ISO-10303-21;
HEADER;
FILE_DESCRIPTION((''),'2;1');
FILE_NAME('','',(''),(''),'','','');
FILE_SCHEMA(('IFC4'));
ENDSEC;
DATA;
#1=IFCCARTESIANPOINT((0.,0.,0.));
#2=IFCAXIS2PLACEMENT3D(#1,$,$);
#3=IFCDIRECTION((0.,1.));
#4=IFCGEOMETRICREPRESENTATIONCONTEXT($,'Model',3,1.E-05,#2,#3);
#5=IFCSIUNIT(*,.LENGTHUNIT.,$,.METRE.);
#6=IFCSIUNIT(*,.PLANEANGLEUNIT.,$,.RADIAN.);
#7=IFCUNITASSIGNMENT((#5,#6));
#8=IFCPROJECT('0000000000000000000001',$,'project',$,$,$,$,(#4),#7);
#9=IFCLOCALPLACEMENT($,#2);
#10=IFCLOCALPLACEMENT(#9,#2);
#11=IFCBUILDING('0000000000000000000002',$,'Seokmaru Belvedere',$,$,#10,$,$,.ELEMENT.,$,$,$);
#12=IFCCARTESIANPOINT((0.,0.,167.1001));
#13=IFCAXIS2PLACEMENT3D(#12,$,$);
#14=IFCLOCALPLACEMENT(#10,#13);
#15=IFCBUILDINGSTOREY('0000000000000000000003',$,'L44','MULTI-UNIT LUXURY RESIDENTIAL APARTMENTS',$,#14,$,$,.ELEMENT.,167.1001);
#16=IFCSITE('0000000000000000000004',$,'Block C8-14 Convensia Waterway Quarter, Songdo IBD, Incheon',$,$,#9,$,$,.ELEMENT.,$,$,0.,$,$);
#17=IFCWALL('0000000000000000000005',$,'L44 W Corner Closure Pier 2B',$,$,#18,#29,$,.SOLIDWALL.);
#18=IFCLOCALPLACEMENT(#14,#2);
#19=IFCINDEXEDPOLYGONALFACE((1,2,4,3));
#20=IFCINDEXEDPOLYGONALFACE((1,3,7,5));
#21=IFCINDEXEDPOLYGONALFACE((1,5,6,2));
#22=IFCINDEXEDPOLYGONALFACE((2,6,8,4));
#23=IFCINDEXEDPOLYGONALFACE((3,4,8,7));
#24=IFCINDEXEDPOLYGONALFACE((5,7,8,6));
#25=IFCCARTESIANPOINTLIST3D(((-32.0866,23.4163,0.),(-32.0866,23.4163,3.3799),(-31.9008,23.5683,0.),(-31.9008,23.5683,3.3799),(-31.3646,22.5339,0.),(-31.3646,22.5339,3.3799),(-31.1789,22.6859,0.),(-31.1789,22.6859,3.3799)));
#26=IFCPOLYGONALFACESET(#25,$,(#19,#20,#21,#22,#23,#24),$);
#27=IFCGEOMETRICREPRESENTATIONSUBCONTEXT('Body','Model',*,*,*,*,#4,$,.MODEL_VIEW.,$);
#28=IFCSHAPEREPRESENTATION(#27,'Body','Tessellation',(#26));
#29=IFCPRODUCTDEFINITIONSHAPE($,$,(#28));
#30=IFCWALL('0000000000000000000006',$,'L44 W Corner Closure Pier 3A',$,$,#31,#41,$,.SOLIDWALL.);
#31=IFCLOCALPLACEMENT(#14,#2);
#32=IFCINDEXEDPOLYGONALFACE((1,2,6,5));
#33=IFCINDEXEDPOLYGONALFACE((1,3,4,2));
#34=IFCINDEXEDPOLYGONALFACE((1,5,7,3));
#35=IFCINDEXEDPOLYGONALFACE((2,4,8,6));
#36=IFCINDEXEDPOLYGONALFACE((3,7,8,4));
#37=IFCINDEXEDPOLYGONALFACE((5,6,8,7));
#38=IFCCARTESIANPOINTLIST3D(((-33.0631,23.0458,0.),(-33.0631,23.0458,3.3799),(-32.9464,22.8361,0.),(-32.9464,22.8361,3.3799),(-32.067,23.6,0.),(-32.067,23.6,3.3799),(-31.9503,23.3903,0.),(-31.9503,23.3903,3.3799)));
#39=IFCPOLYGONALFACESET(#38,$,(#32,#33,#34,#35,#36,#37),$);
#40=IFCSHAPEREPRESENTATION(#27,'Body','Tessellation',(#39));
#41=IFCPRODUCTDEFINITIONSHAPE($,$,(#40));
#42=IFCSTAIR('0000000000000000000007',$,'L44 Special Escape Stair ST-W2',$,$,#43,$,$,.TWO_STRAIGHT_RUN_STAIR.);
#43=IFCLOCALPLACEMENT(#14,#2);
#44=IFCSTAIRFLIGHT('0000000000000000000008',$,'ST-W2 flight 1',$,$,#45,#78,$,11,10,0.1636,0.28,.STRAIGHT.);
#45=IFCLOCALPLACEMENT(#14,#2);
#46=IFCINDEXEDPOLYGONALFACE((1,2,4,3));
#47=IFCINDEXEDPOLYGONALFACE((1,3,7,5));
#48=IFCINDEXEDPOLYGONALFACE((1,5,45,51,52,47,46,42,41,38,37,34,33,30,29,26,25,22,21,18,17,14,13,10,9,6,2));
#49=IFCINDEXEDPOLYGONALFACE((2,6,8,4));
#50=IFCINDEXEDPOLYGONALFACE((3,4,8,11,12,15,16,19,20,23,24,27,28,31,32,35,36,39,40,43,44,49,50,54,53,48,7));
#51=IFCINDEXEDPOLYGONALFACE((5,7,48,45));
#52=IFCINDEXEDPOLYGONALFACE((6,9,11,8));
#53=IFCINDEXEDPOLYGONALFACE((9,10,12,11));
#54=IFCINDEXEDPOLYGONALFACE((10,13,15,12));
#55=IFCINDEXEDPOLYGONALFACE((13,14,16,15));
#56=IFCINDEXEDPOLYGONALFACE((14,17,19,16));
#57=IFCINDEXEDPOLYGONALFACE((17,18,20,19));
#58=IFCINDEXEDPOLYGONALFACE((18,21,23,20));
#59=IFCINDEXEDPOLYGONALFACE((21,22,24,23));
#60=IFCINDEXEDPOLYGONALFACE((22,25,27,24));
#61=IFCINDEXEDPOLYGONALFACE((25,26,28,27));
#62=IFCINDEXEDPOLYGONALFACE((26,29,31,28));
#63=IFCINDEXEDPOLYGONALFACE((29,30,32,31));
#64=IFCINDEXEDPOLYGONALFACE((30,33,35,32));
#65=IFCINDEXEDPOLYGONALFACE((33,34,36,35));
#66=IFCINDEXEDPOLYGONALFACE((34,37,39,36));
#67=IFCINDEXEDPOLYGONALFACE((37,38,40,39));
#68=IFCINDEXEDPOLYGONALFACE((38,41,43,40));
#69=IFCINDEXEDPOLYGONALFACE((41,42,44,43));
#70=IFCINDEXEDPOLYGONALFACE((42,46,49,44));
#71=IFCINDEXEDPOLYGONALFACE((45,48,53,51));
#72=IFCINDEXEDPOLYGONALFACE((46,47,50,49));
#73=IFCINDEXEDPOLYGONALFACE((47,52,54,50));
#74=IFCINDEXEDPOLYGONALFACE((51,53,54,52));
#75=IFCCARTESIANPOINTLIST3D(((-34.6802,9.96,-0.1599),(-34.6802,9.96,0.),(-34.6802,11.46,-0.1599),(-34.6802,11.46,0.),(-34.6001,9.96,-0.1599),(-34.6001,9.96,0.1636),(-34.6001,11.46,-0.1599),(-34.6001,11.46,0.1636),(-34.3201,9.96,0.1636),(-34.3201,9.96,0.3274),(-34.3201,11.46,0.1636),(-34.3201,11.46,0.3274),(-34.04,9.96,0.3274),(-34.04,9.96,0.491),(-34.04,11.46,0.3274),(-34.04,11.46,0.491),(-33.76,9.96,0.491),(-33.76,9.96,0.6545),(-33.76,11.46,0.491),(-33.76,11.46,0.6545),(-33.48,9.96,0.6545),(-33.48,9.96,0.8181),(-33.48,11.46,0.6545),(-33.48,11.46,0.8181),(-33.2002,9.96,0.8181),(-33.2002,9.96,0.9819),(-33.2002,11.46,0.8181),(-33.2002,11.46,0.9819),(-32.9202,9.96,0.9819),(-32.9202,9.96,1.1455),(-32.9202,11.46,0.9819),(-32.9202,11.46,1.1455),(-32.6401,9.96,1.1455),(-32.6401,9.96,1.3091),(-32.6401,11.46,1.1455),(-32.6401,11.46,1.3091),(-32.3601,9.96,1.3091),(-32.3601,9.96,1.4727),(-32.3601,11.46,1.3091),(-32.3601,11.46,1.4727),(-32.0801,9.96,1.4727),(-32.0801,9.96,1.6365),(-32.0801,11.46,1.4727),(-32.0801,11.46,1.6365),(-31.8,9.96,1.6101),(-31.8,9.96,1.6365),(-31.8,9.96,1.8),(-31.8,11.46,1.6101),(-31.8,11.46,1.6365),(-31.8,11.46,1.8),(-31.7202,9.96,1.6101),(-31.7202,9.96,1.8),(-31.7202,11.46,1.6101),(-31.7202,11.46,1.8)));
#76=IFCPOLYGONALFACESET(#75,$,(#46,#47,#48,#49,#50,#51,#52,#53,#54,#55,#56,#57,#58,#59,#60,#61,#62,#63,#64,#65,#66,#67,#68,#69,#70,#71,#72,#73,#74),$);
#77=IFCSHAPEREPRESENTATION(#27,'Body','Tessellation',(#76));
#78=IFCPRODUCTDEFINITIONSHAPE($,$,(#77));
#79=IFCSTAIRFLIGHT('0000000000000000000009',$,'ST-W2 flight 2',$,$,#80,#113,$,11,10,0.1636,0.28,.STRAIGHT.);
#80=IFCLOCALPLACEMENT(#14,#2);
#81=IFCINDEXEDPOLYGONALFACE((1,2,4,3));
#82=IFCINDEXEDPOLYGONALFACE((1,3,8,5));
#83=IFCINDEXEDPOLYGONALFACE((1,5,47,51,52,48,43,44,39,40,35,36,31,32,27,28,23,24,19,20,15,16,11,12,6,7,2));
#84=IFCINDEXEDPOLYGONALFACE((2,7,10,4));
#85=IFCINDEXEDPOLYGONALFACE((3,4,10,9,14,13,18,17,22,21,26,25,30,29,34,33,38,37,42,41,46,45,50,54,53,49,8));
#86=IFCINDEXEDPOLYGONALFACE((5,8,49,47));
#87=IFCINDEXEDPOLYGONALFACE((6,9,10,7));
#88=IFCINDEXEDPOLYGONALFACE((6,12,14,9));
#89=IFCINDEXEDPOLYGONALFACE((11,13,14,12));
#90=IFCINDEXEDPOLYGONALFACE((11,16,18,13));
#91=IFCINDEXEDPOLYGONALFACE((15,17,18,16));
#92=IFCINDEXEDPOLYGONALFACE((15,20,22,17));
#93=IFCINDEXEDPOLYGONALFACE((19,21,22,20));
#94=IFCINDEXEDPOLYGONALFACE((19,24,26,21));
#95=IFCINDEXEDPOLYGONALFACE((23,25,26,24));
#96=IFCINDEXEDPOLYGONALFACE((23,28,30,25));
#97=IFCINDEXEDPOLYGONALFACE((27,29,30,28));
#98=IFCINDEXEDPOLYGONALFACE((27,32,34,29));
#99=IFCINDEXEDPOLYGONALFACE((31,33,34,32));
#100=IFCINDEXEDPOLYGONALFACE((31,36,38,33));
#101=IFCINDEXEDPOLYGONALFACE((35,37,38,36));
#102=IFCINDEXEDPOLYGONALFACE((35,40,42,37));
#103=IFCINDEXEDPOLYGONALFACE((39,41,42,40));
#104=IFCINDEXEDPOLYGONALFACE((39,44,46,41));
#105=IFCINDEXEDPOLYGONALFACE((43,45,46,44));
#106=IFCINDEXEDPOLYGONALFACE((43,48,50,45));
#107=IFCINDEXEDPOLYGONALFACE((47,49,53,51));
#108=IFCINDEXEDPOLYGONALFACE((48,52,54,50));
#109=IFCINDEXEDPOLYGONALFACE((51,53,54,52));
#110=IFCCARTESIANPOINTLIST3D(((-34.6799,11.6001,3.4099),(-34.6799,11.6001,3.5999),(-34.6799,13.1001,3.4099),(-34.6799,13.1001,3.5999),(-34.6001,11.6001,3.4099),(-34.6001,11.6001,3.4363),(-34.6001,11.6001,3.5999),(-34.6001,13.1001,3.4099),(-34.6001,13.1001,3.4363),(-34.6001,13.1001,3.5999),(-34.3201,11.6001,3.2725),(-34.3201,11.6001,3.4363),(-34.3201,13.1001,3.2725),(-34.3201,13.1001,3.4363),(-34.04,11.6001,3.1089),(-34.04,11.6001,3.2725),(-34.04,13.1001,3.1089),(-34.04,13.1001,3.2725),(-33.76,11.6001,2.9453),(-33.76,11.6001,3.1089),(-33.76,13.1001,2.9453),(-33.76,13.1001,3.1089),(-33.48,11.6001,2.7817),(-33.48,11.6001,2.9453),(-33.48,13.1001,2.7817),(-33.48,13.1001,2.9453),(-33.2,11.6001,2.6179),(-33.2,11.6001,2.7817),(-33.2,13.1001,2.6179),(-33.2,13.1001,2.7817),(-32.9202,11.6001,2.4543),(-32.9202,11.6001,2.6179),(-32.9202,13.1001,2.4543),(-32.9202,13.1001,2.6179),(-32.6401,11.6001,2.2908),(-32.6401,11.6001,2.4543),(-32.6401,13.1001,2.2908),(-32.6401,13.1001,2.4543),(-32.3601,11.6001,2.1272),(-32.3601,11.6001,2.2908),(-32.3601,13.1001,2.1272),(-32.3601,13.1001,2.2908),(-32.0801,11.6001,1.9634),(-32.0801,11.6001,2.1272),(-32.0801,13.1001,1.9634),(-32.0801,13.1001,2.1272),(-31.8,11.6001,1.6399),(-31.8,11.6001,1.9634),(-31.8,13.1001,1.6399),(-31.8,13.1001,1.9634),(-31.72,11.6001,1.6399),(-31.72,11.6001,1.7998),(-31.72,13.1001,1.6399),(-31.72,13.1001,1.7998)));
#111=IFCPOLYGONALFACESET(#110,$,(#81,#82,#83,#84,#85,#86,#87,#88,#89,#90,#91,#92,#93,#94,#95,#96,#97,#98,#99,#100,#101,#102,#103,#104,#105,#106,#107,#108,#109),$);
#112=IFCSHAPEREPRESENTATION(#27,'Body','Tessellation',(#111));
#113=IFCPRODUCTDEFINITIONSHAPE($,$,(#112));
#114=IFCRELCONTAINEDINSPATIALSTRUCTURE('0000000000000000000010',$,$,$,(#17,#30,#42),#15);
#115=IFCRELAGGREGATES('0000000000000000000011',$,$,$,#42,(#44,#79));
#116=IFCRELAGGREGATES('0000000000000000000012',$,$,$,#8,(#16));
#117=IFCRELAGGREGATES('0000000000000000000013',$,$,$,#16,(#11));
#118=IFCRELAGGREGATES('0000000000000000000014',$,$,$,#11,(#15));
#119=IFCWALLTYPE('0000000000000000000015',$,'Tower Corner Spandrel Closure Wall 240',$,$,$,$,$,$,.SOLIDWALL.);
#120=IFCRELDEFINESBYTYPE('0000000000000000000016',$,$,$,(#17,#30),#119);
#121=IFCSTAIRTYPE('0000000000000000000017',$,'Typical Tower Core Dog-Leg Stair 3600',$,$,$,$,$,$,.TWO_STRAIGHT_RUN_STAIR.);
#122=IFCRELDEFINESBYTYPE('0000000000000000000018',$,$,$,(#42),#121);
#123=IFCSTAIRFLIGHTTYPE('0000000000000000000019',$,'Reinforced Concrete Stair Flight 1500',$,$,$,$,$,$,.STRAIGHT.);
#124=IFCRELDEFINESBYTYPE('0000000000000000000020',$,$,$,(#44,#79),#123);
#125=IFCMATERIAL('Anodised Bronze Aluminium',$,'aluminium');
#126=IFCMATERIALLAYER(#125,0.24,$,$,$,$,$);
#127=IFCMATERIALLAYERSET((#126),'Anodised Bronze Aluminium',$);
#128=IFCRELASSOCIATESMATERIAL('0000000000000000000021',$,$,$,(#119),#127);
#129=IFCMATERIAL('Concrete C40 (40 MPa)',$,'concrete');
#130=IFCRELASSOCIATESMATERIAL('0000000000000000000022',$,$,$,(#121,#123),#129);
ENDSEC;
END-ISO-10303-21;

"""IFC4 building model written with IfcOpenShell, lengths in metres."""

from ifc_helpers import new_model, si_unit, direction, frame, frame_2d, origin, place, context, subcontext, project, spatial, polyline, rectangle, outline, extrude, material, layer, layer_set, type_object, element, aggregate, save


model = new_model("IFC4")

# Units and contexts
model_context = context("Model", 3, precision=1e-05, world=origin(), true_north=direction((0.0, 1.0)))
body_context = subcontext(model_context, "Body", "Model", "MODEL_VIEW")
ifc_project = project(units=[si_unit("LENGTHUNIT", "METRE"), si_unit("PLANEANGLEUNIT", "RADIAN")], contexts=[model_context])

# Site, building, storey
site_placement = place(None, origin())
site = spatial("IfcSite", under=ifc_project, at=site_placement, Name="Block C8-14 Convensia Waterway Quarter, Songdo IBD, Incheon", CompositionType="ELEMENT", RefElevation=0.0)
building_placement = place(site_placement, origin())
building = spatial("IfcBuilding", under=site, at=building_placement, Name="Seokmaru Belvedere", CompositionType="ELEMENT")
storey_placement = place(building_placement, frame((0.0, 0.0, 167.1001)))
storey = spatial("IfcBuildingStorey", under=building, at=storey_placement, Name="L44", Description="MULTI-UNIT LUXURY RESIDENTIAL APARTMENTS", CompositionType="ELEMENT", Elevation=167.1001)

# Shared definitions
ifc_material_1 = material(Name="Anodised Bronze Aluminium", Category="aluminium")

# Walls
ifc_layer_1 = layer(ifc_material_1, 0.24)
ifc_layer_set_1 = layer_set([ifc_layer_1], Name="Anodised Bronze Aluminium")
wall_type_1 = type_object("IfcWallType", Name="Tower Corner Spandrel Closure Wall 240", PredefinedType="SOLIDWALL", material=ifc_layer_set_1)
wall_1_placement = place(storey_placement, frame((-31.2717, 22.6099, 0.0), z_axis=(0.0, 0.0, 1.0), x_axis=(-0.633249, 0.773948, 0.0)))
element("IfcWall", 1, at=wall_1_placement, inside=storey, type_object=wall_type_1, Name="L44 W Corner Closure Pier 2B", PredefinedType="SOLIDWALL", context=body_context, shape_type="SweptSolid", body=[
    extrude(rectangle(XDim=1.1401, YDim=0.24, at=frame_2d((0.5701, 0.0))), origin(), (0.0, 0.0, 1.0), 3.3799),
])
wall_2_placement = place(storey_placement, frame((-32.0088, 23.4951, 0.0), z_axis=(0.0, 0.0, 1.0), x_axis=(-0.873854, -0.486188, 0.0)))
element("IfcWall", 2, at=wall_2_placement, inside=storey, type_object=wall_type_1, Name="L44 W Corner Closure Pier 3A", PredefinedType="SOLIDWALL", context=body_context, shape_type="SweptSolid", body=[
    extrude(rectangle(XDim=1.1399, YDim=0.24, at=frame_2d((0.5698, 0.0))), origin(), (0.0, 0.0, 1.0), 3.3799),
])

# Stair, stair flights
ifc_material_2 = material(Name="Concrete C40 (40 MPa)", Category="concrete")
stair_type = type_object("IfcStairType", Name="Typical Tower Core Dog-Leg Stair 3600", PredefinedType="TWO_STRAIGHT_RUN_STAIR", material=ifc_material_2)
stair_placement = place(storey_placement, origin())
stair = element("IfcStair", 3, at=stair_placement, inside=storey, type_object=stair_type, Name="L44 Special Escape Stair ST-W2", PredefinedType="TWO_STRAIGHT_RUN_STAIR")
stair_flight_type = type_object("IfcStairFlightType", Name="Reinforced Concrete Stair Flight 1500", PredefinedType="STRAIGHT", material=ifc_material_2)
stair_flight_1_placement = place(storey_placement, frame((-34.6001, 10.71, 0.0), z_axis=(0.0, 0.0, 1.0), x_axis=(1.0, 0.0, 0.0)))
stair_flight_1 = element("IfcStairFlight", 4, at=stair_flight_1_placement, type_object=stair_flight_type, Name="ST-W2 flight 1", NumberOfRisers=11, NumberOfTreads=10, PredefinedType="STRAIGHT", RiserHeight=0.1636, TreadLength=0.28, context=body_context, shape_type="SweptSolid", body=[
    extrude(outline(polyline([(-0.0801, 0.0), (0.0, 0.1636), (0.28, 0.1636), (0.28, 0.3274), (0.5601, 0.3274), (0.5601, 0.491), (0.8401, 0.491), (0.8401, 0.6545), (1.1201, 0.6545), (1.1201, 0.8181), (1.3999, 0.8181), (1.3999, 0.9819), (1.6799, 0.9819), (1.6799, 1.1455), (1.96, 1.1455), (1.96, 1.3091), (2.24, 1.3091), (2.24, 1.4727), (2.52, 1.4727), (2.52, 1.6365), (2.8, 1.6365), (2.8, 1.8), (2.8799, 1.8), (2.8799, 1.6101), (2.8, 1.6101), (0.0, -0.1599), (-0.0801, -0.1599), (-0.0801, 0.0)])), frame((0.0, 0.75, 0.0), z_axis=(0.0, -1.0, 0.0), x_axis=(1.0, 0.0, 0.0)), (0.0, 0.0, 1.0), 1.5),
])
stair_flight_2_placement = place(storey_placement, frame((-31.8, 12.3501, 1.7998), z_axis=(0.0, 0.0, 1.0), x_axis=(-1.0, 0.0, 0.0)))
stair_flight_2 = element("IfcStairFlight", 5, at=stair_flight_2_placement, type_object=stair_flight_type, Name="ST-W2 flight 2", NumberOfRisers=11, NumberOfTreads=10, PredefinedType="STRAIGHT", RiserHeight=0.1636, TreadLength=0.28, context=body_context, shape_type="SweptSolid", body=[
    extrude(outline(polyline([(-0.0801, 0.0), (0.0, 0.1636), (0.28, 0.1636), (0.28, 0.3274), (0.5601, 0.3274), (0.5601, 0.491), (0.8401, 0.491), (0.8401, 0.6545), (1.1201, 0.6545), (1.1201, 0.8181), (1.3999, 0.8181), (1.3999, 0.9819), (1.6799, 0.9819), (1.6799, 1.1455), (1.96, 1.1455), (1.96, 1.3091), (2.24, 1.3091), (2.24, 1.4727), (2.52, 1.4727), (2.52, 1.6365), (2.8, 1.6365), (2.8, 1.8), (2.8799, 1.8), (2.8799, 1.6101), (2.8, 1.6101), (0.0, -0.1599), (-0.0801, -0.1599), (-0.0801, 0.0)])), frame((0.0, 0.75, 0.0), z_axis=(0.0, -1.0, 0.0), x_axis=(1.0, 0.0, 0.0)), (0.0, 0.0, 1.0), 1.5),
])
aggregate(stair, [stair_flight_1, stair_flight_2])

save(model, "model.ifc")
